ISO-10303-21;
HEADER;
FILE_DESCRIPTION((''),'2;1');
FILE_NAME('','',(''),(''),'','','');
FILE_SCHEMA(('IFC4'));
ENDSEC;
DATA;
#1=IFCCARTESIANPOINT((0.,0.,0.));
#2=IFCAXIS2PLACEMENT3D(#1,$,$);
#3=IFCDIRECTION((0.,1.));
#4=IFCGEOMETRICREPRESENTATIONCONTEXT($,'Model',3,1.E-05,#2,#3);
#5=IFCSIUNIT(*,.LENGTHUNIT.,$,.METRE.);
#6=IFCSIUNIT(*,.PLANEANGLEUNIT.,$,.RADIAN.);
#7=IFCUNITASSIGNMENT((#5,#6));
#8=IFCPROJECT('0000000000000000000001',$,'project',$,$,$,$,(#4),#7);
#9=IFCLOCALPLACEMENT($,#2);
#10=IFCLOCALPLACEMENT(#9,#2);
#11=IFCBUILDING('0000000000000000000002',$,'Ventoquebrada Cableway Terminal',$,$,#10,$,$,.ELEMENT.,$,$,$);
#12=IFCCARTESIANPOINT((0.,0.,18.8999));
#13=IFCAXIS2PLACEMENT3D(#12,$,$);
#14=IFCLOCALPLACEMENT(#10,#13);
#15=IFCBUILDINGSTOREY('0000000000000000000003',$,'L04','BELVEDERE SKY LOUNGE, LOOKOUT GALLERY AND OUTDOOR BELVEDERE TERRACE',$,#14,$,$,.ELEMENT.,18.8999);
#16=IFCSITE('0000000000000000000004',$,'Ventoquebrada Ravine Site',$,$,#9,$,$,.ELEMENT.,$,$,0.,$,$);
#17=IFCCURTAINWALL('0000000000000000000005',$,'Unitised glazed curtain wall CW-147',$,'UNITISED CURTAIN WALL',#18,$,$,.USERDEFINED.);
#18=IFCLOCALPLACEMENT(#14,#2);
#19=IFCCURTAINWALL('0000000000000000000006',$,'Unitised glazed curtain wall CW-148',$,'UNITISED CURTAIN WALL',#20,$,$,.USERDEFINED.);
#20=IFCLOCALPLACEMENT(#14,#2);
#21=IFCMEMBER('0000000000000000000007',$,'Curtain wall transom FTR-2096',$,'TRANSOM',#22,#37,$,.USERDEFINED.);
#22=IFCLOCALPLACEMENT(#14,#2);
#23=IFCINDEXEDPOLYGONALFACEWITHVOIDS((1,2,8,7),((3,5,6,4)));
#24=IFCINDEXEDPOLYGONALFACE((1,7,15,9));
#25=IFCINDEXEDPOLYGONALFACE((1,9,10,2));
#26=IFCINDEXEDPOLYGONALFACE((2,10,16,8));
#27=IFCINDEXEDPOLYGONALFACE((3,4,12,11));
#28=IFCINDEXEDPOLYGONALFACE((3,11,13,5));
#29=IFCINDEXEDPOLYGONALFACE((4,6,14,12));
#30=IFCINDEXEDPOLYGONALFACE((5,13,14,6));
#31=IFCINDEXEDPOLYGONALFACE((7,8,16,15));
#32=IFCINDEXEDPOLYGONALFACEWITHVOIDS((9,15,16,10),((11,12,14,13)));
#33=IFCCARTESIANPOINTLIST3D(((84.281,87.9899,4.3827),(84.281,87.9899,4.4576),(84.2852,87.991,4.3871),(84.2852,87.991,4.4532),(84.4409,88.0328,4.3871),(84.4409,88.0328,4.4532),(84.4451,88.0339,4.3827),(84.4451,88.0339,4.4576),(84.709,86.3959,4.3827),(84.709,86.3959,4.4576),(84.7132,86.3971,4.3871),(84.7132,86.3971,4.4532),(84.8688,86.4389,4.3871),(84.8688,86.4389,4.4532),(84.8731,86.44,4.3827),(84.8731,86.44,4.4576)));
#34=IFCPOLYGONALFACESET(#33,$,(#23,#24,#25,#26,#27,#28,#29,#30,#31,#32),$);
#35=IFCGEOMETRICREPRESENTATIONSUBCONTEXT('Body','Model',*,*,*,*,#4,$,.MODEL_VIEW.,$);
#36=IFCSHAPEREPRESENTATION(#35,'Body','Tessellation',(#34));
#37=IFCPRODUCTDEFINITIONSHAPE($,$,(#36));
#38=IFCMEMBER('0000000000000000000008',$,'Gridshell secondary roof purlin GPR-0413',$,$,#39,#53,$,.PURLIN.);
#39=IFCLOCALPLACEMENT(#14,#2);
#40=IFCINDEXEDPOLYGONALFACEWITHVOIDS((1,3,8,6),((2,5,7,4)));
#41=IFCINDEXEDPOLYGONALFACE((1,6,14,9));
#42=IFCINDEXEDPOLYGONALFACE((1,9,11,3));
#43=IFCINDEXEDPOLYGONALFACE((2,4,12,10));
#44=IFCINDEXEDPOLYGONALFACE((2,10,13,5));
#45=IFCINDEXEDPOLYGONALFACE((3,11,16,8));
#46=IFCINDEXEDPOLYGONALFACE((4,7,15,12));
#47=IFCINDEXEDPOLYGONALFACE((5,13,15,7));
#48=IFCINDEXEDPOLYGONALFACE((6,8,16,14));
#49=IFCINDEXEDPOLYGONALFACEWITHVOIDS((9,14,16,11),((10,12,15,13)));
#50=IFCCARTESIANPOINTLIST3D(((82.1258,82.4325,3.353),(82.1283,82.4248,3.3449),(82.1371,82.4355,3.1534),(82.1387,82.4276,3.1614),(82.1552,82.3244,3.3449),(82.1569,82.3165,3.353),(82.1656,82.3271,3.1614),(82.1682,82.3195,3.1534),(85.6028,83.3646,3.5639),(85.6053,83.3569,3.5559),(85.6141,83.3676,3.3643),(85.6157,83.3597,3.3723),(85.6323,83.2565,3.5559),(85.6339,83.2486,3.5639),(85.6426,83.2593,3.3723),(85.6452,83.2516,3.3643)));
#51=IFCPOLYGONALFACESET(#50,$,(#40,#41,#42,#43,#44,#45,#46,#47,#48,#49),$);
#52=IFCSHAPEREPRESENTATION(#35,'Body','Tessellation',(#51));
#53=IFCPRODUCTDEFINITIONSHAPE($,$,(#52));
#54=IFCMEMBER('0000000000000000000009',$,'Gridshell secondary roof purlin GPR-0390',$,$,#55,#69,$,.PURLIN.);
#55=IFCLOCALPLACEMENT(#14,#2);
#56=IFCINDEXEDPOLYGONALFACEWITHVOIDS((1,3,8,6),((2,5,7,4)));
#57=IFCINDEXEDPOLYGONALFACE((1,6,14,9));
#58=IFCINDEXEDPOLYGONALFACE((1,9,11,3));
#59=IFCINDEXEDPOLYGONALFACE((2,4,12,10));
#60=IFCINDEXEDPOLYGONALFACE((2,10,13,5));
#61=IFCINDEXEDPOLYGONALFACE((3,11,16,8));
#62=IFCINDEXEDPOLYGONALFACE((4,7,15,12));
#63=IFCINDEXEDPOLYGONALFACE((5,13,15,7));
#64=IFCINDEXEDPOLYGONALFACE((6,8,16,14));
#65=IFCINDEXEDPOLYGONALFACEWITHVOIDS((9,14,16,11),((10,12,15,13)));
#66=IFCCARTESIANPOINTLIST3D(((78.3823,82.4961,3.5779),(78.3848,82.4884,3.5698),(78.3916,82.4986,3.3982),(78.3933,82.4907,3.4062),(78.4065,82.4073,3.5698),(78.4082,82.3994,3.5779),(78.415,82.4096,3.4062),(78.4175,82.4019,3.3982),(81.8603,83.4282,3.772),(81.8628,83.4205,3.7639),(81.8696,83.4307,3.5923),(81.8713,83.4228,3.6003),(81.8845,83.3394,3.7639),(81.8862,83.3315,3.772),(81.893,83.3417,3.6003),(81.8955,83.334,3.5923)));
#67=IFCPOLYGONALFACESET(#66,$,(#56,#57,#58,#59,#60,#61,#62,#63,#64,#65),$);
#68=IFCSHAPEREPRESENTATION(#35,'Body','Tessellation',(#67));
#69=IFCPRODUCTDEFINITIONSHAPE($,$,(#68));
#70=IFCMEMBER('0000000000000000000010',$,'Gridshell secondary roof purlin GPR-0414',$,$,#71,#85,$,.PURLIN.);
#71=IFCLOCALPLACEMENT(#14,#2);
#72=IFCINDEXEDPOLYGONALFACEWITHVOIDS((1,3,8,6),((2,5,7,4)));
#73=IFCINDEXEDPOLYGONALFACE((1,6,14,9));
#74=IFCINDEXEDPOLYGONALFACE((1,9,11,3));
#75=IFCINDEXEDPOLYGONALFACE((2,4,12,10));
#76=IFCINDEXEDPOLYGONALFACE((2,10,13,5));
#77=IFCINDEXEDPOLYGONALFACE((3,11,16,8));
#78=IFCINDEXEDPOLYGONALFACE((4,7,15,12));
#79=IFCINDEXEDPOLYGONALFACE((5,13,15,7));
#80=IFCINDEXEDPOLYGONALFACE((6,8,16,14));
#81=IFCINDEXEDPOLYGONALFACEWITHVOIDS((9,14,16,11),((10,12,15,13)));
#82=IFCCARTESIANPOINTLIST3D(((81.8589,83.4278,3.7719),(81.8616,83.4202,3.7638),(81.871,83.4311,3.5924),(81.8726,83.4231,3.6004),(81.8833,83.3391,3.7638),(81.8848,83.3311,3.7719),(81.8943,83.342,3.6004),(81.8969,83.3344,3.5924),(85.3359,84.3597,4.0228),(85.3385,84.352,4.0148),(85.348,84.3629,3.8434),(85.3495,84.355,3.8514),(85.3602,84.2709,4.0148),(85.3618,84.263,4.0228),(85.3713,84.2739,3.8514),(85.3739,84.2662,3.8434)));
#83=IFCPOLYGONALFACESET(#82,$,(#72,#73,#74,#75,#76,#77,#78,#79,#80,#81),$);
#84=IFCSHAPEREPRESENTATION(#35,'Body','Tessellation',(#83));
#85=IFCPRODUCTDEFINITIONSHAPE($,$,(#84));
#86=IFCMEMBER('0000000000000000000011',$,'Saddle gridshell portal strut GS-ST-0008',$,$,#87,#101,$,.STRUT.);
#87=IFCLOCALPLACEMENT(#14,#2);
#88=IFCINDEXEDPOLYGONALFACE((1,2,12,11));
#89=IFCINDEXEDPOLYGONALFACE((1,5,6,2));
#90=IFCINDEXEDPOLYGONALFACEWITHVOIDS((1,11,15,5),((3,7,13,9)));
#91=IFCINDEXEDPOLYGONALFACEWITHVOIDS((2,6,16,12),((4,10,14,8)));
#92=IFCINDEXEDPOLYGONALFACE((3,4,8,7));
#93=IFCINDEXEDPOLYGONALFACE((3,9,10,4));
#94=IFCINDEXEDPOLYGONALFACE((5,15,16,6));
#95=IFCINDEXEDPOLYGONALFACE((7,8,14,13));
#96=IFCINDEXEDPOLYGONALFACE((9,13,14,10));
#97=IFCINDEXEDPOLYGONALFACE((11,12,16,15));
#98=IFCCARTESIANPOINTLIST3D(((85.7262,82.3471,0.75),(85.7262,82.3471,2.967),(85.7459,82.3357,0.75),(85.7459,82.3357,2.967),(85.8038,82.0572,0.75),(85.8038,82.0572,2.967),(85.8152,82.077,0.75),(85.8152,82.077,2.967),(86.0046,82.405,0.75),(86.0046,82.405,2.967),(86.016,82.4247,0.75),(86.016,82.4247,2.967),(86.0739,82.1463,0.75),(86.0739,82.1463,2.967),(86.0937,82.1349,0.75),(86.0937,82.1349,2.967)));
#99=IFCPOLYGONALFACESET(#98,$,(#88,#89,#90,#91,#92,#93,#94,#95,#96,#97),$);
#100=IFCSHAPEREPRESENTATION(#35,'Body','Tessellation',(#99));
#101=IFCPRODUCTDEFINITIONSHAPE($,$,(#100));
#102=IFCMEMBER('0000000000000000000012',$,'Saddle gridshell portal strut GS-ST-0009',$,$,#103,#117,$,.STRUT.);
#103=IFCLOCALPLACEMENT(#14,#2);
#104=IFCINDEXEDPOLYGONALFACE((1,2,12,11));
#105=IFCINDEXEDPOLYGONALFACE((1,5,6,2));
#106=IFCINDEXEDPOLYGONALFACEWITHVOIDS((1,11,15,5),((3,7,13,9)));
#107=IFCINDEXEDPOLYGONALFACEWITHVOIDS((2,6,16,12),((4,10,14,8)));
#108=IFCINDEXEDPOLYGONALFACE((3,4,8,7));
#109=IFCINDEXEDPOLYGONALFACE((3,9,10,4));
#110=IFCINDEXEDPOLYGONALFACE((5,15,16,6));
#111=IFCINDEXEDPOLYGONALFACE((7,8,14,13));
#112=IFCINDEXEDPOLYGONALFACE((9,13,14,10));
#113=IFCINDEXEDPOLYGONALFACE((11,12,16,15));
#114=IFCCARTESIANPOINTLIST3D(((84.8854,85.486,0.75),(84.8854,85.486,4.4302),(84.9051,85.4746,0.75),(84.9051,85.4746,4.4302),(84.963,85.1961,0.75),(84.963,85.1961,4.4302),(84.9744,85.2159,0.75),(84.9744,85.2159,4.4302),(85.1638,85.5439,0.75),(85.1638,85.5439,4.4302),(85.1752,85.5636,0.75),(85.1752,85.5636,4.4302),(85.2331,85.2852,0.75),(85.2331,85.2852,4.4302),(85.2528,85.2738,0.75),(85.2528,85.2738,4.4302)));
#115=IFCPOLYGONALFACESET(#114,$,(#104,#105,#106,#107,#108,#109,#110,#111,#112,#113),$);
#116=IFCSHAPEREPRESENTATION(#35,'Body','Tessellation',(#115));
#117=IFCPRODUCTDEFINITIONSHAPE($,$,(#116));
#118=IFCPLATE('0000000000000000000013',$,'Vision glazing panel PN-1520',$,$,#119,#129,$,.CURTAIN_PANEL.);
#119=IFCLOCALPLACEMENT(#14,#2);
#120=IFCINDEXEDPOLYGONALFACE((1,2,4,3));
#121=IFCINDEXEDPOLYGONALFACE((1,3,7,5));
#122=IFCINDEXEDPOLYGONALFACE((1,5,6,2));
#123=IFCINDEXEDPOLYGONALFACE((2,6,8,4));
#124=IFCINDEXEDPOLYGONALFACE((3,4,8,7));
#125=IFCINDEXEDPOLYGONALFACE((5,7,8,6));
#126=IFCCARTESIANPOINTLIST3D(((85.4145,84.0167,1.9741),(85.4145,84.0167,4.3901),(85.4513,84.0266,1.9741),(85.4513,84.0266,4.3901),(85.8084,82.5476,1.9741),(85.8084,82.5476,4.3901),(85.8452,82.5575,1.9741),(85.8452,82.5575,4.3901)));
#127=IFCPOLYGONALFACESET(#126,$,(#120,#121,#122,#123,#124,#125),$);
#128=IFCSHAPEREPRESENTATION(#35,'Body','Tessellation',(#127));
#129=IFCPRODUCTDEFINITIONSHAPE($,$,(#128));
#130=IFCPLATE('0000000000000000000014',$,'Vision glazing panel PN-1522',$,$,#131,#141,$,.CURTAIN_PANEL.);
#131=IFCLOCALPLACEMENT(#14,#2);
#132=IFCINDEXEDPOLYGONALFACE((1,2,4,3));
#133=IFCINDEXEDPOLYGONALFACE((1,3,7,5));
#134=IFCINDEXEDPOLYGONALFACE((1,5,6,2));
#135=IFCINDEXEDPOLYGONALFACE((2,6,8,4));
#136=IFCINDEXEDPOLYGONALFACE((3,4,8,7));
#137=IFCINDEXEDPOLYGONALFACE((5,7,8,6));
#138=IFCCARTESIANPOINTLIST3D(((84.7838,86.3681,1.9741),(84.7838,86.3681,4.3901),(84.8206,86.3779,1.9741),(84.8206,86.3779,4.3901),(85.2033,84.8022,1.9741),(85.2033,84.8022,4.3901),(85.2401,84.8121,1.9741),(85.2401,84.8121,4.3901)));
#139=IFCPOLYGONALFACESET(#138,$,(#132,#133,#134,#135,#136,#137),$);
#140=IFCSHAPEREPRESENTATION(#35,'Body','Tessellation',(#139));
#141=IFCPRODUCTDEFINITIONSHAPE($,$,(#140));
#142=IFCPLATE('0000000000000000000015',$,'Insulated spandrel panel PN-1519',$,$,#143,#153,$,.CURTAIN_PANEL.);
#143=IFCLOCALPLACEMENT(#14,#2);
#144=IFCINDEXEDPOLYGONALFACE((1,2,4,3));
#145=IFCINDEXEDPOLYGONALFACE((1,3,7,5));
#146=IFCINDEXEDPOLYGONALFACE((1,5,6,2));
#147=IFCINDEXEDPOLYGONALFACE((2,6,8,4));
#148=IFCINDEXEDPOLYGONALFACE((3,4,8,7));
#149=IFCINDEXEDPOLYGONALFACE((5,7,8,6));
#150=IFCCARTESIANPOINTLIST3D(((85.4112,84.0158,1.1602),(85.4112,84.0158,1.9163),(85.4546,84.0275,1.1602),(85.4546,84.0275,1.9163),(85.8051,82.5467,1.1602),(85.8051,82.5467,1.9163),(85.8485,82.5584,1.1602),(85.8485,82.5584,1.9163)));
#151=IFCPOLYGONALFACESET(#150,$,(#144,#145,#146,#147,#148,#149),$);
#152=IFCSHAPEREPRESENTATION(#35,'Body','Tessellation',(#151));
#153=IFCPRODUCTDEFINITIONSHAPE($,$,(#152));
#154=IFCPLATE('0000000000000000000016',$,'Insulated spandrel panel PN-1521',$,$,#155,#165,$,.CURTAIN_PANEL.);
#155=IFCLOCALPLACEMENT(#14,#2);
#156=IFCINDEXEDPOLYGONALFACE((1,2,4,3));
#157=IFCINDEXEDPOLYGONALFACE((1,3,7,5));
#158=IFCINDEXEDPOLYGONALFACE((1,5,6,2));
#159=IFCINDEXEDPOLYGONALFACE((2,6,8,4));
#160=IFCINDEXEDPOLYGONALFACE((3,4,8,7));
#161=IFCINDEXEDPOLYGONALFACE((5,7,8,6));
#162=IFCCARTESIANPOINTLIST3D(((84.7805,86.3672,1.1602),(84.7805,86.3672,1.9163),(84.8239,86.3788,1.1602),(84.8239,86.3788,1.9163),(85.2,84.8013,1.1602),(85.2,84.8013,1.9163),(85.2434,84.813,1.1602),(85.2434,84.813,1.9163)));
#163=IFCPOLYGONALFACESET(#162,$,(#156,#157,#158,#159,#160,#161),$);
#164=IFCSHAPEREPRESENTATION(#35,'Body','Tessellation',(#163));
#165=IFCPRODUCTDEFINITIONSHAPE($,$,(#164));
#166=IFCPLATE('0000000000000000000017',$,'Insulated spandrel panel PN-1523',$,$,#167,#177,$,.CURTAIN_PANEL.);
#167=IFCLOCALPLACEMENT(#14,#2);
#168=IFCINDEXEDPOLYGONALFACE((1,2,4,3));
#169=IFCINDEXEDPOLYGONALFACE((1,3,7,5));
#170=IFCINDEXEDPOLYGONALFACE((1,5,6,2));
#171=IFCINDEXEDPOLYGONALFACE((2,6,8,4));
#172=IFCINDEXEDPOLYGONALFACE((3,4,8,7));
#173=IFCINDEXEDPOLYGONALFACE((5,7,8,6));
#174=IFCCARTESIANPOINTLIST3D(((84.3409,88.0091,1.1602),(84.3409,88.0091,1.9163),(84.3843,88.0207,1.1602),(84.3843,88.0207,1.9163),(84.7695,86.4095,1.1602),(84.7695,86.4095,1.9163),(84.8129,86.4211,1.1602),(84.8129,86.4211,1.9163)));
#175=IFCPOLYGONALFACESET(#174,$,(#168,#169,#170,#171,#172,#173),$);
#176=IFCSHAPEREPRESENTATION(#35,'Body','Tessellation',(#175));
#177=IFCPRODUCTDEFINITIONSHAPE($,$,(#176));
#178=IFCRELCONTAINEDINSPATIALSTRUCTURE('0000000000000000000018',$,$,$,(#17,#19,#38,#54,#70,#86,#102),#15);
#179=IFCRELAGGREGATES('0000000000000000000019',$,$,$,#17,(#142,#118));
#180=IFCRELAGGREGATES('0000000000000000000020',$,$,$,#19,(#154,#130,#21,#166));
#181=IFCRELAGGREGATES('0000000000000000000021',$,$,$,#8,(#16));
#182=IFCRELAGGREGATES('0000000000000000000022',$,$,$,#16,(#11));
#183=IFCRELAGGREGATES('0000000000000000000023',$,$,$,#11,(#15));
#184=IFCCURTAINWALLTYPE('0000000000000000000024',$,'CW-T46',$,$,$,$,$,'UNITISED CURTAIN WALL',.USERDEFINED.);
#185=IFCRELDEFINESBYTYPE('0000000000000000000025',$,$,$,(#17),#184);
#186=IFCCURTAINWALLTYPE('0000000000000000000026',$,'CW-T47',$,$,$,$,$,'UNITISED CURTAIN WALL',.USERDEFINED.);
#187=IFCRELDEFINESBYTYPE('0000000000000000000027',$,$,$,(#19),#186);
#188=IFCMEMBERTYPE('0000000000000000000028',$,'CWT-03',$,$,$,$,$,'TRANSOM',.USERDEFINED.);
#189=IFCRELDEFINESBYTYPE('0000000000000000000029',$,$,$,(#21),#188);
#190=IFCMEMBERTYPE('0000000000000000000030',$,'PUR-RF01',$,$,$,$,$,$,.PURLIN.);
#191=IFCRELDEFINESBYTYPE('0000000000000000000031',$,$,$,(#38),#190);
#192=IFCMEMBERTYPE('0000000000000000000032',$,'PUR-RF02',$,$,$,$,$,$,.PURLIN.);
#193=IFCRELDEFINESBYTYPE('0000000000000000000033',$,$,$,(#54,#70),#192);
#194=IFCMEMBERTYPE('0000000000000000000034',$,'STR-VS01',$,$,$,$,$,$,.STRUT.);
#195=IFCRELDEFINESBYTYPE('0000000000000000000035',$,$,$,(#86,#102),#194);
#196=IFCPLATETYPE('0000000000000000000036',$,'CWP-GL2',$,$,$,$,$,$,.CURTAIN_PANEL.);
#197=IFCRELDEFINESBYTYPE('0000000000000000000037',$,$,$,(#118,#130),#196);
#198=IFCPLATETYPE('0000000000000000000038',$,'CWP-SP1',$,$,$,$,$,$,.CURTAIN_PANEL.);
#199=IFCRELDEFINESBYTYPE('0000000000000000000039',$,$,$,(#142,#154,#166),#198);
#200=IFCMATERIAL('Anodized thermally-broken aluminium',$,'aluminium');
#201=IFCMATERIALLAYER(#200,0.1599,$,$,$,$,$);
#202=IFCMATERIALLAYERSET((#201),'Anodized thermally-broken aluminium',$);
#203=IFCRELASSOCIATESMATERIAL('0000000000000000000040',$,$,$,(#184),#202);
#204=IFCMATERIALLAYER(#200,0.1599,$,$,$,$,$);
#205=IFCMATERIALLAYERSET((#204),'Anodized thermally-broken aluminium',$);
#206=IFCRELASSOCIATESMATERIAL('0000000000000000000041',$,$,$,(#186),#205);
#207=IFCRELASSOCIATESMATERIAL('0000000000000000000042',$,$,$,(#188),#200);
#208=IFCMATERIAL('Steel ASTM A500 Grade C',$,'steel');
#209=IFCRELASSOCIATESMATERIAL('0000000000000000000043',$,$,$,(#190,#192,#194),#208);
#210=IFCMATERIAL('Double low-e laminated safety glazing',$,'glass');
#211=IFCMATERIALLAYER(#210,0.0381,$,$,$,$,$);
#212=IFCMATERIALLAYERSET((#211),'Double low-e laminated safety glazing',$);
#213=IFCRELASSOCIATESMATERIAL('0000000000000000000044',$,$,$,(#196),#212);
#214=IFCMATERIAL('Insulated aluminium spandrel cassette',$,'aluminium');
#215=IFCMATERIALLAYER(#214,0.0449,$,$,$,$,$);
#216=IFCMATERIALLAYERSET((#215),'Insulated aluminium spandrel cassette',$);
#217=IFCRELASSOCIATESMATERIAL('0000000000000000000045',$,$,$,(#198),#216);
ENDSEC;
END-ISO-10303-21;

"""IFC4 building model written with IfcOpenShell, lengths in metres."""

from ifc_helpers import new_model, si_unit, direction, frame, origin, origin_2d, place, context, subcontext, project, spatial, rectangle, hollow_rectangle, extrude, material, layer, layer_set, material_profile, profile_set, type_object, element, aggregate, save


model = new_model("IFC4")

# Units and contexts
model_context = context("Model", 3, precision=1e-05, world=origin(), true_north=direction((0.0, 1.0)))
body_context = subcontext(model_context, "Body", "Model", "MODEL_VIEW")
ifc_project = project(units=[si_unit("LENGTHUNIT", "METRE"), si_unit("PLANEANGLEUNIT", "RADIAN")], contexts=[model_context])

# Site, building, storey
site_placement = place(None, origin())
site = spatial("IfcSite", under=ifc_project, at=site_placement, Name="Ventoquebrada Ravine Site", CompositionType="ELEMENT", RefElevation=0.0)
building_placement = place(site_placement, origin())
building = spatial("IfcBuilding", under=site, at=building_placement, Name="Ventoquebrada Cableway Terminal", CompositionType="ELEMENT")
storey_placement = place(building_placement, frame((0.0, 0.0, 18.8999)))
storey = spatial("IfcBuildingStorey", under=building, at=storey_placement, Name="L04", Description="BELVEDERE SKY LOUNGE, LOOKOUT GALLERY AND OUTDOOR BELVEDERE TERRACE", CompositionType="ELEMENT", Elevation=18.8999)

# Shared definitions
ifc_material_1 = material(Name="Steel ASTM A500 Grade C", Category="steel")

# Curtain walls
ifc_material_2 = material(Name="Anodized thermally-broken aluminium", Category="aluminium")
ifc_layer_1 = layer(ifc_material_2, 0.1599)
ifc_layer_set_1 = layer_set([ifc_layer_1], Name="Anodized thermally-broken aluminium")
curtain_wall_type_1 = type_object("IfcCurtainWallType", Name="CW-T46", ElementType="UNITISED CURTAIN WALL", PredefinedType="USERDEFINED", material=ifc_layer_set_1)
curtain_wall_1_placement = place(storey_placement, origin())
curtain_wall_1 = element("IfcCurtainWall", 1, at=curtain_wall_1_placement, inside=storey, type_object=curtain_wall_type_1, Name="Unitised glazed curtain wall CW-147", ObjectType="UNITISED CURTAIN WALL", PredefinedType="USERDEFINED")
ifc_layer_2 = layer(ifc_material_2, 0.1599)
ifc_layer_set_2 = layer_set([ifc_layer_2], Name="Anodized thermally-broken aluminium")
curtain_wall_type_2 = type_object("IfcCurtainWallType", Name="CW-T47", ElementType="UNITISED CURTAIN WALL", PredefinedType="USERDEFINED", material=ifc_layer_set_2)
curtain_wall_2_placement = place(storey_placement, origin())
curtain_wall_2 = element("IfcCurtainWall", 2, at=curtain_wall_2_placement, inside=storey, type_object=curtain_wall_type_2, Name="Unitised glazed curtain wall CW-148", ObjectType="UNITISED CURTAIN WALL", PredefinedType="USERDEFINED")

# Member
ifc_material_profile_1 = material_profile(ifc_material_2, hollow_rectangle(XDim=0.075, YDim=0.1699, WallThickness=0.0044, at=origin_2d()), Name="CW-TRN-75X170")
ifc_profile_set_1 = profile_set([ifc_material_profile_1], Name="Anodized thermally-broken aluminium")
member_type_1 = type_object("IfcMemberType", Name="CWT-03", ElementType="TRANSOM", PredefinedType="USERDEFINED", material=ifc_profile_set_1)
member_1_placement = place(storey_placement, frame((84.791, 86.418, 4.4202), z_axis=(-0.25931, 0.965794, 0.0), x_axis=(0.0, 0.0, 1.0)))
member_1 = element("IfcMember", 3, at=member_1_placement, type_object=member_type_1, Name="Curtain wall transom FTR-2096", ObjectType="TRANSOM", PredefinedType="USERDEFINED", context=body_context, shape_type="SweptSolid", body=[
    extrude(hollow_rectangle(XDim=0.075, YDim=0.1699, WallThickness=0.0044, at=origin_2d()), origin(), (0.0, 0.0, 1.0), 1.6504),
])

# Members
ifc_material_profile_2 = material_profile(ifc_material_1, hollow_rectangle(XDim=0.1201, YDim=0.2, WallThickness=0.0081, at=origin_2d()), Name="RHS200X120X8")
ifc_profile_set_2 = profile_set([ifc_material_profile_2], Name="Steel ASTM A500 Grade C")
member_type_2 = type_object("IfcMemberType", Name="PUR-RF01", PredefinedType="PURLIN", material=ifc_profile_set_2)
member_2_placement = place(storey_placement, frame((82.147, 82.376, 3.2532), z_axis=(0.96424, 0.258494, 0.058496), x_axis=(-0.258937, 0.965894, 0.0)))
element("IfcMember", 4, at=member_2_placement, inside=storey, type_object=member_type_2, Name="Gridshell secondary roof purlin GPR-0413", PredefinedType="PURLIN", context=body_context, shape_type="SweptSolid", body=[
    extrude(hollow_rectangle(XDim=0.1201, YDim=0.2, WallThickness=0.0081, at=origin_2d()), origin(), (0.0, 0.0, 1.0), 3.606),
])
ifc_material_profile_3 = material_profile(ifc_material_1, hollow_rectangle(XDim=0.1001, YDim=0.1799, WallThickness=0.0081, at=origin_2d()), Name="RHS180X100X8")
ifc_profile_set_3 = profile_set([ifc_material_profile_3], Name="Steel ASTM A500 Grade C")
member_type_3 = type_object("IfcMemberType", Name="PUR-RF02", PredefinedType="PURLIN", material=ifc_profile_set_3)
member_3_placement = place(storey_placement, frame((78.3999, 82.449, 3.488), z_axis=(0.964512, 0.258494, 0.053825), x_axis=(-0.258869, 0.965912, 0.0)))
element("IfcMember", 5, at=member_3_placement, inside=storey, type_object=member_type_3, Name="Gridshell secondary roof purlin GPR-0390", PredefinedType="PURLIN", context=body_context, shape_type="SweptSolid", body=[
    extrude(hollow_rectangle(XDim=0.1001, YDim=0.1799, WallThickness=0.0081, at=origin_2d()), origin(), (0.0, 0.0, 1.0), 3.606),
])
member_4_placement = place(storey_placement, frame((81.8779, 83.3811, 3.6821), z_axis=(0.963572, 0.258247, 0.069551), x_axis=(-0.258874, 0.965911, 0.0)))
element("IfcMember", 6, at=member_4_placement, inside=storey, type_object=member_type_3, Name="Gridshell secondary roof purlin GPR-0414", PredefinedType="PURLIN", context=body_context, shape_type="SweptSolid", body=[
    extrude(hollow_rectangle(XDim=0.1001, YDim=0.1799, WallThickness=0.0081, at=origin_2d()), origin(), (0.0, 0.0, 1.0), 3.6084),
])
ifc_material_profile_4 = material_profile(ifc_material_1, hollow_rectangle(XDim=0.3, YDim=0.3, WallThickness=0.0161, at=origin_2d()), Name="HSS300X300X16")
ifc_profile_set_4 = profile_set([ifc_material_profile_4], Name="Steel ASTM A500 Grade C")
member_type_4 = type_object("IfcMemberType", Name="STR-VS01", PredefinedType="STRUT", material=ifc_profile_set_4)
member_5_placement = place(storey_placement, frame((85.9099, 82.241, 0.75), z_axis=(0.0, 0.0, 1.0), x_axis=(0.965926, 0.258819, 0.0)))
element("IfcMember", 7, at=member_5_placement, inside=storey, type_object=member_type_4, Name="Saddle gridshell portal strut GS-ST-0008", PredefinedType="STRUT", context=body_context, shape_type="SweptSolid", body=[
    extrude(hollow_rectangle(XDim=0.3, YDim=0.3, WallThickness=0.0161, at=origin_2d()), origin(), (0.0, 0.0, 1.0), 2.217),
])
member_6_placement = place(storey_placement, frame((85.0691, 85.3799, 0.75), z_axis=(0.0, 0.0, 1.0), x_axis=(0.965926, 0.258819, 0.0)))
element("IfcMember", 8, at=member_6_placement, inside=storey, type_object=member_type_4, Name="Saddle gridshell portal strut GS-ST-0009", PredefinedType="STRUT", context=body_context, shape_type="SweptSolid", body=[
    extrude(hollow_rectangle(XDim=0.3, YDim=0.3, WallThickness=0.0161, at=origin_2d()), origin(), (0.0, 0.0, 1.0), 3.6802),
])

# Plates
ifc_material_3 = material(Name="Double low-e laminated safety glazing", Category="glass")
ifc_layer_3 = layer(ifc_material_3, 0.0381)
ifc_layer_set_3 = layer_set([ifc_layer_3], Name="Double low-e laminated safety glazing")
plate_type_1 = type_object("IfcPlateType", Name="CWP-GL2", PredefinedType="CURTAIN_PANEL", material=ifc_layer_set_3)
plate_1_placement = place(storey_placement, frame((85.6299, 83.2871, 1.9741), z_axis=(0.0, 0.0, 1.0), x_axis=(-0.258971, 0.965885, 0.0)))
plate_1 = element("IfcPlate", 9, at=plate_1_placement, type_object=plate_type_1, Name="Vision glazing panel PN-1520", PredefinedType="CURTAIN_PANEL", context=body_context, shape_type="SweptSolid", body=[
    extrude(rectangle(XDim=1.521, YDim=0.0381, at=origin_2d()), origin(), (0.0, 0.0, 1.0), 2.416),
])
plate_2_placement = place(storey_placement, frame((85.012, 85.5901, 1.9741), z_axis=(0.0, 0.0, 1.0), x_axis=(-0.258802, 0.96593, 0.0)))
plate_2 = element("IfcPlate", 10, at=plate_2_placement, type_object=plate_type_1, Name="Vision glazing panel PN-1522", PredefinedType="CURTAIN_PANEL", context=body_context, shape_type="SweptSolid", body=[
    extrude(rectangle(XDim=1.6211, YDim=0.0381, at=origin_2d()), origin(), (0.0, 0.0, 1.0), 2.416),
])
ifc_material_4 = material(Name="Insulated aluminium spandrel cassette", Category="aluminium")
ifc_layer_4 = layer(ifc_material_4, 0.0449)
ifc_layer_set_4 = layer_set([ifc_layer_4], Name="Insulated aluminium spandrel cassette")
plate_type_2 = type_object("IfcPlateType", Name="CWP-SP1", PredefinedType="CURTAIN_PANEL", material=ifc_layer_set_4)
plate_3_placement = place(storey_placement, frame((85.6299, 83.2871, 1.1602), z_axis=(0.0, 0.0, 1.0), x_axis=(-0.258971, 0.965885, 0.0)))
plate_3 = element("IfcPlate", 11, at=plate_3_placement, type_object=plate_type_2, Name="Insulated spandrel panel PN-1519", PredefinedType="CURTAIN_PANEL", context=body_context, shape_type="SweptSolid", body=[
    extrude(rectangle(XDim=1.521, YDim=0.0449, at=origin_2d()), origin(), (0.0, 0.0, 1.0), 0.7561),
])
aggregate(curtain_wall_1, [plate_3, plate_1])
plate_4_placement = place(storey_placement, frame((85.012, 85.5901, 1.1602), z_axis=(0.0, 0.0, 1.0), x_axis=(-0.258802, 0.96593, 0.0)))
plate_4 = element("IfcPlate", 12, at=plate_4_placement, type_object=plate_type_2, Name="Insulated spandrel panel PN-1521", PredefinedType="CURTAIN_PANEL", context=body_context, shape_type="SweptSolid", body=[
    extrude(rectangle(XDim=1.6211, YDim=0.0449, at=origin_2d()), origin(), (0.0, 0.0, 1.0), 0.7561),
])
plate_5_placement = place(storey_placement, frame((84.5769, 87.2151, 1.1602), z_axis=(0.0, 0.0, 1.0), x_axis=(-0.258802, 0.96593, 0.0)))
plate_5 = element("IfcPlate", 13, at=plate_5_placement, type_object=plate_type_2, Name="Insulated spandrel panel PN-1523", PredefinedType="CURTAIN_PANEL", context=body_context, shape_type="SweptSolid", body=[
    extrude(rectangle(XDim=1.656, YDim=0.0449, at=origin_2d()), origin(), (0.0, 0.0, 1.0), 0.7561),
])
aggregate(curtain_wall_2, [plate_4, plate_2, member_1, plate_5])

save(model, "model.ifc")
